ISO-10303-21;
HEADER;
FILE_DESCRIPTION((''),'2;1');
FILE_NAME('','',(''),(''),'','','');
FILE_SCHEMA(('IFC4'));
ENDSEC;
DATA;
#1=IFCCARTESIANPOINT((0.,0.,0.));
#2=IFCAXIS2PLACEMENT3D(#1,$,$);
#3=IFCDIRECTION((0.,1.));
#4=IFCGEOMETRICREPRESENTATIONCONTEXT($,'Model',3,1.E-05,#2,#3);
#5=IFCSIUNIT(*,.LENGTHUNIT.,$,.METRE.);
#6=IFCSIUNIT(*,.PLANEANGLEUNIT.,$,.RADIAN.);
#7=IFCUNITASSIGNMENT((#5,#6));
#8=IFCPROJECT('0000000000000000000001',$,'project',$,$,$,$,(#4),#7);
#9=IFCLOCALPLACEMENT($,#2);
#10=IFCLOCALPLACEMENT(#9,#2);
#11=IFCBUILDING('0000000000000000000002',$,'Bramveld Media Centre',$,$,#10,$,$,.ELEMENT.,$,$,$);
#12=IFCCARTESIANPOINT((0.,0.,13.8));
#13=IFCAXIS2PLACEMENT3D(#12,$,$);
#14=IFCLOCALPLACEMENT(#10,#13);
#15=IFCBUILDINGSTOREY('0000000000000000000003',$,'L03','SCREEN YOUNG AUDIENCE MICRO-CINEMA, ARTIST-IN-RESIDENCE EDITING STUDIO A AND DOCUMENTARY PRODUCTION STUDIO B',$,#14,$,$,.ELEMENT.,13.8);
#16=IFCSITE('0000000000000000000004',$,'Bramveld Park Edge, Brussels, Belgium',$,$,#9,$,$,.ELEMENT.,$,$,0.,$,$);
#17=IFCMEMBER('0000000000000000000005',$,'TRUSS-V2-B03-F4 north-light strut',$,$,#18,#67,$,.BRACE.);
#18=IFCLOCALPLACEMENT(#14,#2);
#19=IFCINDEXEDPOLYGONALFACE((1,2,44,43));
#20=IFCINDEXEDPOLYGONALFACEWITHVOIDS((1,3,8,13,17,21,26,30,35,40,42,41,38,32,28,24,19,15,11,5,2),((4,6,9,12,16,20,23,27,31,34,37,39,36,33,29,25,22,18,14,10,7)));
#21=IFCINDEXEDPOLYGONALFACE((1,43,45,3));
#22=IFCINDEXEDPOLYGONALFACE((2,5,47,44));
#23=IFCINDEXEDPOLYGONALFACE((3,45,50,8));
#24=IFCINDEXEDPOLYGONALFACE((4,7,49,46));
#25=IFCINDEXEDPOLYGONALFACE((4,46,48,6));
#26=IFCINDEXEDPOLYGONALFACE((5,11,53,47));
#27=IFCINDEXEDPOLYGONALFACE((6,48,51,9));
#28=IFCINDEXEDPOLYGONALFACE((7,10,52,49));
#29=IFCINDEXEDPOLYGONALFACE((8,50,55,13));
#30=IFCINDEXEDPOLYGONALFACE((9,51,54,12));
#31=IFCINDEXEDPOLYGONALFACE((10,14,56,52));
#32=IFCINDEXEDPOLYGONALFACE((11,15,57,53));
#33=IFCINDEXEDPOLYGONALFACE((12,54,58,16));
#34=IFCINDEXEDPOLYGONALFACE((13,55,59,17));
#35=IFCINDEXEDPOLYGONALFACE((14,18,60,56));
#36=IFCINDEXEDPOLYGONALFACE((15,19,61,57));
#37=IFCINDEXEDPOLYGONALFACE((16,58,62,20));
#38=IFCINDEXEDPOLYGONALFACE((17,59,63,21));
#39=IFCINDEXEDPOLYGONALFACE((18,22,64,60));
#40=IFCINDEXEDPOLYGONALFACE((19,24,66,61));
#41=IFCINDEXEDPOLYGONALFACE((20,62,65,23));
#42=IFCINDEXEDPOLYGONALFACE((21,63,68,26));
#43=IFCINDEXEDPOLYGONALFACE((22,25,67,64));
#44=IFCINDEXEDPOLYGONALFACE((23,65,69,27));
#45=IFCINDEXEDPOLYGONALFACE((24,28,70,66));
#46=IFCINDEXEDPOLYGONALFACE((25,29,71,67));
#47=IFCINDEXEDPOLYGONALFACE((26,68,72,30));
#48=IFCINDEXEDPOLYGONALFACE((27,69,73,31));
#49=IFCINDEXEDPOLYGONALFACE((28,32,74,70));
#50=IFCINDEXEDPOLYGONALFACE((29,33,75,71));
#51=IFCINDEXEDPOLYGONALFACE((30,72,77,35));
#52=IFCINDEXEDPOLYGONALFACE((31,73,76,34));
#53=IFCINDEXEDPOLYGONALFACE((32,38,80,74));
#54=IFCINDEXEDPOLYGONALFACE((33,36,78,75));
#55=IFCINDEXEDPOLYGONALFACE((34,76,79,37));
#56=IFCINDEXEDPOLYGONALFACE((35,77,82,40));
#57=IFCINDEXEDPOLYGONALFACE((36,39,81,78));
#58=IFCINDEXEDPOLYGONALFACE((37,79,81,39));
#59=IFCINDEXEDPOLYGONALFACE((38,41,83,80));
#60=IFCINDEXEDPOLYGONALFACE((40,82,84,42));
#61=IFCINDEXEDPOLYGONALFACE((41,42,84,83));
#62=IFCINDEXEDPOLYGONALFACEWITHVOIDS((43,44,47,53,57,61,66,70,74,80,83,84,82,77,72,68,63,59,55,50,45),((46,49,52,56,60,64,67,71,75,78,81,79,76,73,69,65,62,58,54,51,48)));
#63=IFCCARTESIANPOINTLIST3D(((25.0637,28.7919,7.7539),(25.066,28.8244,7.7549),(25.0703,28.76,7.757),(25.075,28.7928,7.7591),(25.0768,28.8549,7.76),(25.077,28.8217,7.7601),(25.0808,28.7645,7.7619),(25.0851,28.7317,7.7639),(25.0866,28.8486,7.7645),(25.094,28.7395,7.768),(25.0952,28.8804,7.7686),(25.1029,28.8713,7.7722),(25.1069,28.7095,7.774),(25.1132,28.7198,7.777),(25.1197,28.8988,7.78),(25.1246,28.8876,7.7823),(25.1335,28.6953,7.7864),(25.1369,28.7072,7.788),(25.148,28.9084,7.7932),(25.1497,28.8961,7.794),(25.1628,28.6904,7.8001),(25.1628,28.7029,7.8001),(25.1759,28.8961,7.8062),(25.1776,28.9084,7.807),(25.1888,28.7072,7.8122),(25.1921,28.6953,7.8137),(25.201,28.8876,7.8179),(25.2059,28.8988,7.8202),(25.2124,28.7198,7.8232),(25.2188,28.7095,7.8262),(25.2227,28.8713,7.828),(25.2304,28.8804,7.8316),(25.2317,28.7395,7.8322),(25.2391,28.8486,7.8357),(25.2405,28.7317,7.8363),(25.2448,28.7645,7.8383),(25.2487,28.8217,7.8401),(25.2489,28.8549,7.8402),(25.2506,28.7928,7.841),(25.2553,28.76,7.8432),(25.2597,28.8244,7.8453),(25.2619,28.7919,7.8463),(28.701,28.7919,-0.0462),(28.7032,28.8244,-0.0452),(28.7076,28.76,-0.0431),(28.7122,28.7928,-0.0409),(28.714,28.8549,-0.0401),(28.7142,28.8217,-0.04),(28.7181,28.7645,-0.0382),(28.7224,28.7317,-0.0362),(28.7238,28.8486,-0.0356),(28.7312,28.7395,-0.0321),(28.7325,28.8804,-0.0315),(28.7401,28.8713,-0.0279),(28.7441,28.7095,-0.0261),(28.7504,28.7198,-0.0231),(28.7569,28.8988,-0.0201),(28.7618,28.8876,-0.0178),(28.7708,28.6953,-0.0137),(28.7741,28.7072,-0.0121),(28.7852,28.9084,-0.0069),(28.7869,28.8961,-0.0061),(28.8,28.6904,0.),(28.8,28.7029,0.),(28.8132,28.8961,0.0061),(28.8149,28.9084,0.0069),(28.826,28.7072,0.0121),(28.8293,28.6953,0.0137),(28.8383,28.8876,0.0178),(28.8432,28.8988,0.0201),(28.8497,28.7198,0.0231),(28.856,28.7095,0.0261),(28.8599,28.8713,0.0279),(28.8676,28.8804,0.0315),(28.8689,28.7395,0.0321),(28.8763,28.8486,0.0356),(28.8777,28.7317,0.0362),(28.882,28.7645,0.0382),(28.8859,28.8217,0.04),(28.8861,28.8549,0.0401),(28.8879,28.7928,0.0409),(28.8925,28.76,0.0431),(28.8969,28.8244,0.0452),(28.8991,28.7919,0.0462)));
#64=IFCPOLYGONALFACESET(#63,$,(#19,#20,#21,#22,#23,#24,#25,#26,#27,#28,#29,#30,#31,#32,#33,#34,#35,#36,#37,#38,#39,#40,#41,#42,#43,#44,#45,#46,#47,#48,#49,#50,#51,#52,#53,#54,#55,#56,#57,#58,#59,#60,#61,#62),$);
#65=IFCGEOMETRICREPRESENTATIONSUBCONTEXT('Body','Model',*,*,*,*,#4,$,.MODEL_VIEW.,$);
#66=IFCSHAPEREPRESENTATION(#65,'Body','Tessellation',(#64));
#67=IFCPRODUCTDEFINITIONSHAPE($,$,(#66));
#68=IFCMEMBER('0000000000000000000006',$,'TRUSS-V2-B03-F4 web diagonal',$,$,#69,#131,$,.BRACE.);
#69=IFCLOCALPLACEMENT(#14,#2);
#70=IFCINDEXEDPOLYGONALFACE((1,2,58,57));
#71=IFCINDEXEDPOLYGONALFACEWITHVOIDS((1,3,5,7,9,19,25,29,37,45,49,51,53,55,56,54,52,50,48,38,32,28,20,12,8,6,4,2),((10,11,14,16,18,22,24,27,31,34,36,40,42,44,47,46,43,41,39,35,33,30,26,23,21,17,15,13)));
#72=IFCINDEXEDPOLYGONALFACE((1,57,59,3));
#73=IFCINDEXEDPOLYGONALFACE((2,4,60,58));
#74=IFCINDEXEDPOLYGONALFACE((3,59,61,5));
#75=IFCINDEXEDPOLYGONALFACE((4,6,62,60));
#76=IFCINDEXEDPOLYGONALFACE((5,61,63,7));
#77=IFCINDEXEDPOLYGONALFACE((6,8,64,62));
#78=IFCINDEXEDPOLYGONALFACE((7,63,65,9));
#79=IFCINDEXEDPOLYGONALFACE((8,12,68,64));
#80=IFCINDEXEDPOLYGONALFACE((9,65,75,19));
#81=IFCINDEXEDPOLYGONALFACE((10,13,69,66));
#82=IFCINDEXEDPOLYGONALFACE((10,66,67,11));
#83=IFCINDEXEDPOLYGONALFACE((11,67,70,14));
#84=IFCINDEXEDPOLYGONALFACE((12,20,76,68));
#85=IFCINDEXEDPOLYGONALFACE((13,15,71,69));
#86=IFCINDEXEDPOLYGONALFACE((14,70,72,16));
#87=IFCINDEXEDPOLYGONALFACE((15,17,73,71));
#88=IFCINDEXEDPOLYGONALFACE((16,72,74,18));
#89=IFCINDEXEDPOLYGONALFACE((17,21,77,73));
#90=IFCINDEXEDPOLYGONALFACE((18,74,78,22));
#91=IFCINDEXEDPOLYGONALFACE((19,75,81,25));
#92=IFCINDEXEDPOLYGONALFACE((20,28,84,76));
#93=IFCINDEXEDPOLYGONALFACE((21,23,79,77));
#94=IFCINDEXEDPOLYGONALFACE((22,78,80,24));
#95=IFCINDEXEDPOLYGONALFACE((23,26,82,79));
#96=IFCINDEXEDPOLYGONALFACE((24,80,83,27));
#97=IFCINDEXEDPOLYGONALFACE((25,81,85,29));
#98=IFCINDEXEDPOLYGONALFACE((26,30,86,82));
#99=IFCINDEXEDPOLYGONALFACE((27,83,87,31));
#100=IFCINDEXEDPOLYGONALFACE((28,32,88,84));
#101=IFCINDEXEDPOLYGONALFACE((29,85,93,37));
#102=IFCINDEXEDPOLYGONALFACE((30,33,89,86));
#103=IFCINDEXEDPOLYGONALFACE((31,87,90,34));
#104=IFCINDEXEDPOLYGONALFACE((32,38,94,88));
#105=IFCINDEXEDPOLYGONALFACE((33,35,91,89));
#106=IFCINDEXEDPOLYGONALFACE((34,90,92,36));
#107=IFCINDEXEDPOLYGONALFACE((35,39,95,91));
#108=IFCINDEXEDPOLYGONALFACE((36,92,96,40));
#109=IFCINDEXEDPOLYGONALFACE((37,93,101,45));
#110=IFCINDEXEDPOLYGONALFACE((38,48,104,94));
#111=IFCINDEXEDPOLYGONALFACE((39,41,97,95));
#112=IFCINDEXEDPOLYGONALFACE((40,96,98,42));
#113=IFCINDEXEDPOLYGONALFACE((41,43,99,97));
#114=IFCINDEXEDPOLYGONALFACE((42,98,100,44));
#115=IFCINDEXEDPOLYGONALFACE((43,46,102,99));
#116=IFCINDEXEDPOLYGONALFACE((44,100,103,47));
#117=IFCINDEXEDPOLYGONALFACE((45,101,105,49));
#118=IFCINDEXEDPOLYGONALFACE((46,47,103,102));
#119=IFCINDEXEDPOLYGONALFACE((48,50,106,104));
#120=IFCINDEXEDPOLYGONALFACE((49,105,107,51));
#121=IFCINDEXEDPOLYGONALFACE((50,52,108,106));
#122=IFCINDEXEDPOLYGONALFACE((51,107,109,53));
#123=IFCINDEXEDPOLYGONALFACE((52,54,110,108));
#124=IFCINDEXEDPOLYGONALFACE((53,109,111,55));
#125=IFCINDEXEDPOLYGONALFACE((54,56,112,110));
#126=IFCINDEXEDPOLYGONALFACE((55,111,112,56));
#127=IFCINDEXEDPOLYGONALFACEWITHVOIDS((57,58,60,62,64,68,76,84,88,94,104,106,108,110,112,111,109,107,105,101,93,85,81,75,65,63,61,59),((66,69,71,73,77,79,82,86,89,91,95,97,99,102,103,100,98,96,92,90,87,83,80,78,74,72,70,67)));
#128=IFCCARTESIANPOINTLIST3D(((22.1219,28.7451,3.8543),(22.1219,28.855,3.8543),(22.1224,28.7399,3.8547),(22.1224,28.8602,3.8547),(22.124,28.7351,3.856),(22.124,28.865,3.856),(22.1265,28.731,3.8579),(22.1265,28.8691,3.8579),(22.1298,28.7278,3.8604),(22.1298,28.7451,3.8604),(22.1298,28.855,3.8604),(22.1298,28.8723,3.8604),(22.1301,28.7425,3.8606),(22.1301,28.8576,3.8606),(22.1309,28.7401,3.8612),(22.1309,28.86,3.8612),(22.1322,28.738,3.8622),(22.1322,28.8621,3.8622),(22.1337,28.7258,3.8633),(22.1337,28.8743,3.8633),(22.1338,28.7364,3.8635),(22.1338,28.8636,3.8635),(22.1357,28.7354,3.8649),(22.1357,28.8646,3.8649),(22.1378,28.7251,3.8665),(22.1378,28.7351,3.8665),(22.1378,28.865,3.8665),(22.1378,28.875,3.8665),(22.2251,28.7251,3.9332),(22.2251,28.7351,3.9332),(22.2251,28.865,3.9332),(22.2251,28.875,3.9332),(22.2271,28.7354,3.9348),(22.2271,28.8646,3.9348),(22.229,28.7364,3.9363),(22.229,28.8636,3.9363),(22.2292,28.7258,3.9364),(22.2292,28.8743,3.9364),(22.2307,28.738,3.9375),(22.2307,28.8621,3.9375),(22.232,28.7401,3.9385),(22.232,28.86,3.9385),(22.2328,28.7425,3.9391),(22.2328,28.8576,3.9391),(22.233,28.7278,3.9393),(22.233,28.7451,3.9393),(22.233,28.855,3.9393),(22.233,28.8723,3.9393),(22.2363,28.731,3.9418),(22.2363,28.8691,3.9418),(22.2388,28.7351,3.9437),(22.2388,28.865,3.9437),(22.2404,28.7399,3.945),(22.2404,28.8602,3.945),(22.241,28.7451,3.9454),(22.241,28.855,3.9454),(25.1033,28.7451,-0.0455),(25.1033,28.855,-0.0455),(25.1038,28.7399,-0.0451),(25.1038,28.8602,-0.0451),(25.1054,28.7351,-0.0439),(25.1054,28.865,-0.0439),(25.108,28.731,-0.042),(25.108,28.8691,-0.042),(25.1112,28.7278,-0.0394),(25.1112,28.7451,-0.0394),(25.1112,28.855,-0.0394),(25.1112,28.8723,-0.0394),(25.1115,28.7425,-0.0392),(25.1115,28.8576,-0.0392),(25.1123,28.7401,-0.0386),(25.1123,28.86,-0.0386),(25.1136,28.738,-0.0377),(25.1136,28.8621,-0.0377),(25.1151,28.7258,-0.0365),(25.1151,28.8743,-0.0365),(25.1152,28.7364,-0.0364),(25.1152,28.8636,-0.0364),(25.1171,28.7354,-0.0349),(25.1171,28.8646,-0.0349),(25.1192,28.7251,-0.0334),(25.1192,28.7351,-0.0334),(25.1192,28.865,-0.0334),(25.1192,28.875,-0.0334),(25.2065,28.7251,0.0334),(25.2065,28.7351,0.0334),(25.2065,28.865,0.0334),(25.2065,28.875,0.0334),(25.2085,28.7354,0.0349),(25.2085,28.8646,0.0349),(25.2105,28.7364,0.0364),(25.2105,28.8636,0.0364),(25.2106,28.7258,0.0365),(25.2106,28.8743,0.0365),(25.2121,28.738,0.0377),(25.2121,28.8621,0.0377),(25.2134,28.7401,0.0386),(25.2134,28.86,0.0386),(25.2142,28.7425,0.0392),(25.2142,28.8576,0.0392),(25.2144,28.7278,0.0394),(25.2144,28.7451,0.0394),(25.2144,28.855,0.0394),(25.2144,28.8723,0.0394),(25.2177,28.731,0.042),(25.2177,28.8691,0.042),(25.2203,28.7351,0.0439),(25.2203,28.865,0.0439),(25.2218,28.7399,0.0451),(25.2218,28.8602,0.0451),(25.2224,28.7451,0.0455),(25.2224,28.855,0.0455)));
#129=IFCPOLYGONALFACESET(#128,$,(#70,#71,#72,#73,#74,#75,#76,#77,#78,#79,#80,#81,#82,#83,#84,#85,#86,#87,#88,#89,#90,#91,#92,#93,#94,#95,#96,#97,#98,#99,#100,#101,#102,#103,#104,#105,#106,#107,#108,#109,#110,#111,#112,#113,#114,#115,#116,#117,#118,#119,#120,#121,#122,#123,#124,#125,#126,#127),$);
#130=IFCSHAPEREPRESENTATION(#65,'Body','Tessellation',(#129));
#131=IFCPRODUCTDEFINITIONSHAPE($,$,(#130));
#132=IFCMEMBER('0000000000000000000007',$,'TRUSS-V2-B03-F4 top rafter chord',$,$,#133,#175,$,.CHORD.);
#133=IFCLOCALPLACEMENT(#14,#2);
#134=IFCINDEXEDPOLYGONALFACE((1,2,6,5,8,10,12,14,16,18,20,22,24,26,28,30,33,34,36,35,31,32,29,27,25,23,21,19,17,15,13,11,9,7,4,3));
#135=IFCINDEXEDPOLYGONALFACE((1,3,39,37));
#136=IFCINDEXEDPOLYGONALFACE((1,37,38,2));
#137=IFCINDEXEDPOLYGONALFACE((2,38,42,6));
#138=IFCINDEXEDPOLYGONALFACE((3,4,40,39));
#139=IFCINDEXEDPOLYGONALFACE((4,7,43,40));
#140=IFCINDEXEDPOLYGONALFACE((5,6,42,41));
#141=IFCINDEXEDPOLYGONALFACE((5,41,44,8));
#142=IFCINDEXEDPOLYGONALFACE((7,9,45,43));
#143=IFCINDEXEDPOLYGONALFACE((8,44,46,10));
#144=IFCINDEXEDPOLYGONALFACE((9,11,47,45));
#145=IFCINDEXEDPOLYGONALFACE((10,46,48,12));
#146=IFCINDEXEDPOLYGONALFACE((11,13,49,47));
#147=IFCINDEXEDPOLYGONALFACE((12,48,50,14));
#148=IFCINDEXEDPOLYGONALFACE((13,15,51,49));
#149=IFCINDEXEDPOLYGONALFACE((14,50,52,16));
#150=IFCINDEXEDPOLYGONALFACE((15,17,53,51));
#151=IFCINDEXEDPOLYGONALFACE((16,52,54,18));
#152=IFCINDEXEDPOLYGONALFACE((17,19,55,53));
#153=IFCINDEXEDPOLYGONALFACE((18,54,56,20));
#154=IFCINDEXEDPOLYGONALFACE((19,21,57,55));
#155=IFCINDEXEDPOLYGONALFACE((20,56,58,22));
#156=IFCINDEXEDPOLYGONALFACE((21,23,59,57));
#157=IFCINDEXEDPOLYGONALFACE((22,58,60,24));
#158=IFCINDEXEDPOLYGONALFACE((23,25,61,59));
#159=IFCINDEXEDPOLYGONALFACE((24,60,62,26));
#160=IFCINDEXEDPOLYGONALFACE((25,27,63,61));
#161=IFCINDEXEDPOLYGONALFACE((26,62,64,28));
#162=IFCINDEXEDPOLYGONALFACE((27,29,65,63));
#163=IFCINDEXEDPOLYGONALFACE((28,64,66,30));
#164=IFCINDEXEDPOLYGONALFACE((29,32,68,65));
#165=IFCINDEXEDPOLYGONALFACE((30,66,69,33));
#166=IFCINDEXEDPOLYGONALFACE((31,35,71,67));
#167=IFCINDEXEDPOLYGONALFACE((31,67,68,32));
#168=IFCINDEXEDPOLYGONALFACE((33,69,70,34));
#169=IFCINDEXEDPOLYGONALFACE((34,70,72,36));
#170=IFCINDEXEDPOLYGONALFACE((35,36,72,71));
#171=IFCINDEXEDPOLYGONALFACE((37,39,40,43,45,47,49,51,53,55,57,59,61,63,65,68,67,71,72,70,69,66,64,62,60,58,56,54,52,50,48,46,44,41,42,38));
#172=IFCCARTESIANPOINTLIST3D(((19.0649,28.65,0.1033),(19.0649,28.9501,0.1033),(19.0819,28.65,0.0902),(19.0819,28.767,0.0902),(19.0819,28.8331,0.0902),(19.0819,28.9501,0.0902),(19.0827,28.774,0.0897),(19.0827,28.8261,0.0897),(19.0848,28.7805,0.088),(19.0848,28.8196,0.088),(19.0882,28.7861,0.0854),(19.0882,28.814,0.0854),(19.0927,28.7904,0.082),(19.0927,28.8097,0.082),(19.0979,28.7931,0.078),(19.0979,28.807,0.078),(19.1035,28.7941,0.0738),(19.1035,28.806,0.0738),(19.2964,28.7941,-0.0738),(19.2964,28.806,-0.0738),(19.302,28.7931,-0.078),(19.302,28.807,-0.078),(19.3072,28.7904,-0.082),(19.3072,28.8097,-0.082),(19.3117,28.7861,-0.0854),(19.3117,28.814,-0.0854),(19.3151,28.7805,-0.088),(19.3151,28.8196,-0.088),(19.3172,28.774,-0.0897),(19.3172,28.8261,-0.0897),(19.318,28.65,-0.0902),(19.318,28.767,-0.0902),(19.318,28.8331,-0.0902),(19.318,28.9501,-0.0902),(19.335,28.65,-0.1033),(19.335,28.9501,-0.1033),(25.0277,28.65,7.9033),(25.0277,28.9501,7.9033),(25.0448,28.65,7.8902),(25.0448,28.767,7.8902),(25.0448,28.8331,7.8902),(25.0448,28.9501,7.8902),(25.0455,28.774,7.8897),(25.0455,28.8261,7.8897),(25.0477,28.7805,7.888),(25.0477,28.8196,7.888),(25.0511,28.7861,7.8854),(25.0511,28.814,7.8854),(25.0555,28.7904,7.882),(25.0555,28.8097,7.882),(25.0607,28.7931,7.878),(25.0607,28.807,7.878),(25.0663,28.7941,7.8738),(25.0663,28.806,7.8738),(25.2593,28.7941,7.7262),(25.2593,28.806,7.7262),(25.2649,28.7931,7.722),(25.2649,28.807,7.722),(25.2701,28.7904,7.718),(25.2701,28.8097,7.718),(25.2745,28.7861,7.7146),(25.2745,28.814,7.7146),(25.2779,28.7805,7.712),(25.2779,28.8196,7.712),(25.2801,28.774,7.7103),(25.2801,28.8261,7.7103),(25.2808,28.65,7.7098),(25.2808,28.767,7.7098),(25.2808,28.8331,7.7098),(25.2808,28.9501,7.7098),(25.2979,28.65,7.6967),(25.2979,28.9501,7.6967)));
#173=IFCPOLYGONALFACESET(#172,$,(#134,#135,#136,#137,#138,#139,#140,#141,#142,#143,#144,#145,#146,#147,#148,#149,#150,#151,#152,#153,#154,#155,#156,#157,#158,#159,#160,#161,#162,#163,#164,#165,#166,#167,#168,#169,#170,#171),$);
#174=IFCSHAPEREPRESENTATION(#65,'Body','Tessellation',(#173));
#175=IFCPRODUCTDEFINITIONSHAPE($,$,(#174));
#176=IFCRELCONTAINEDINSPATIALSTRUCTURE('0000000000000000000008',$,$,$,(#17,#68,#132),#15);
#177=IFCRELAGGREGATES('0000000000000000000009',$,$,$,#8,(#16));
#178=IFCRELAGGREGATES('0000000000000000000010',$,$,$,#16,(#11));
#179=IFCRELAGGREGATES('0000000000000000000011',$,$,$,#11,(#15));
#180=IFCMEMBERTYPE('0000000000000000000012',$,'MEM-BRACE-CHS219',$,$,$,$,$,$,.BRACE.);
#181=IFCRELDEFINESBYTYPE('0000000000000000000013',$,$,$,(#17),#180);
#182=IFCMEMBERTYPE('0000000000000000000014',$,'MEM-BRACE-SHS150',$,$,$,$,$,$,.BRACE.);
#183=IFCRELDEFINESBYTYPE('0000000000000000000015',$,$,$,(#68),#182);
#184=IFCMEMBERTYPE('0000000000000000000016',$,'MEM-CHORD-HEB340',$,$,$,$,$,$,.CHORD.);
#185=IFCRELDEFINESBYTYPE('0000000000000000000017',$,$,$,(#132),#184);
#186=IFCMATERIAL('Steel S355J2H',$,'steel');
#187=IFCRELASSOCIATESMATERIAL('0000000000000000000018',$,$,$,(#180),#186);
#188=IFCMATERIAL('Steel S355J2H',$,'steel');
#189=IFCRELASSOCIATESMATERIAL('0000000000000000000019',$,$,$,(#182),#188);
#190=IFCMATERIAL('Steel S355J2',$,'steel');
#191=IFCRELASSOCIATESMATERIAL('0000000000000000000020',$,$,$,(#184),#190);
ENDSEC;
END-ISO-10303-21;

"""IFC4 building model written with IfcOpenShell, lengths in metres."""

from ifc_helpers import new_model, si_unit, direction, frame, origin, origin_2d, place, context, subcontext, project, spatial, hollow_rectangle, hollow_circle, i_section, extrude, material, material_profile, profile_set, type_object, element, save


model = new_model("IFC4")

# Units and contexts
model_context = context("Model", 3, precision=1e-05, world=origin(), true_north=direction((0.0, 1.0)))
body_context = subcontext(model_context, "Body", "Model", "MODEL_VIEW")
ifc_project = project(units=[si_unit("LENGTHUNIT", "METRE"), si_unit("PLANEANGLEUNIT", "RADIAN")], contexts=[model_context])

# Site, building, storey
site_placement = place(None, origin())
site = spatial("IfcSite", under=ifc_project, at=site_placement, Name="Bramveld Park Edge, Brussels, Belgium", CompositionType="ELEMENT", RefElevation=0.0)
building_placement = place(site_placement, origin())
building = spatial("IfcBuilding", under=site, at=building_placement, Name="Bramveld Media Centre", CompositionType="ELEMENT")
storey_placement = place(building_placement, frame((0.0, 0.0, 13.8)))
storey = spatial("IfcBuildingStorey", under=building, at=storey_placement, Name="L03", Description="SCREEN YOUNG AUDIENCE MICRO-CINEMA, ARTIST-IN-RESIDENCE EDITING STUDIO A AND DOCUMENTARY PRODUCTION STUDIO B", CompositionType="ELEMENT", Elevation=13.8)

# Members
ifc_material_1 = material(Name="Steel S355J2H", Category="steel")
ifc_material_profile_1 = material_profile(ifc_material_1, hollow_circle(Radius=0.1096, WallThickness=0.0125, at=origin_2d()), Name="CHS 219.1x12.5")
ifc_profile_set_1 = profile_set([ifc_material_profile_1], Name="Steel S355J2H")
member_type_1 = type_object("IfcMemberType", Name="MEM-BRACE-CHS219", PredefinedType="BRACE", material=ifc_profile_set_1)
for number, where, z_axis, x_axis, name in (
    (1, (28.8, 28.8, 0.0), (-0.422617, 0.0, 0.906308), (0.0, -1.0, 0.0), "TRUSS-V2-B03-F4 north-light strut"),
):
    element("IfcMember", number, at=place(storey_placement, frame(where, z_axis=z_axis, x_axis=x_axis)), inside=storey, type_object=member_type_1, Name=name, PredefinedType="BRACE", context=body_context, shape_type="SweptSolid", body=[
        extrude(hollow_circle(Radius=0.1096, WallThickness=0.0125, at=origin_2d()), origin(), (0.0, 0.0, 1.0), 8.6064),
    ])
ifc_material_2 = material(Name="Steel S355J2H", Category="steel")
ifc_material_profile_2 = material_profile(ifc_material_2, hollow_rectangle(XDim=0.1499, YDim=0.1499, WallThickness=0.01, InnerFilletRadius=0.01, OuterFilletRadius=0.02, at=origin_2d()), Name="SHS 150x150x10")
ifc_profile_set_2 = profile_set([ifc_material_profile_2], Name="Steel S355J2H")
member_type_2 = type_object("IfcMemberType", Name="MEM-BRACE-SHS150", PredefinedType="BRACE", material=ifc_profile_set_2)
member_1_placement = place(storey_placement, frame((25.1628, 28.8, 0.0), z_axis=(-0.607343, 0.0, 0.79444), x_axis=(0.0, -1.0, 0.0)))
element("IfcMember", 2, at=member_1_placement, inside=storey, type_object=member_type_2, Name="TRUSS-V2-B03-F4 web diagonal", PredefinedType="BRACE", context=body_context, shape_type="SweptSolid", body=[
    extrude(hollow_rectangle(XDim=0.1499, YDim=0.1499, WallThickness=0.01, InnerFilletRadius=0.01, OuterFilletRadius=0.02, at=origin_2d()), origin(), (0.0, 0.0, 1.0), 4.9089),
])
ifc_material_3 = material(Name="Steel S355J2", Category="steel")
ifc_material_profile_3 = material_profile(ifc_material_3, i_section(OverallWidth=0.3, OverallDepth=0.3401, WebThickness=0.012, FlangeThickness=0.0215, FilletRadius=0.0271, at=origin_2d()), Name="HEB 340")
ifc_profile_set_3 = profile_set([ifc_material_profile_3], Name="Steel S355J2")
member_type_3 = type_object("IfcMemberType", Name="MEM-CHORD-HEB340", PredefinedType="CHORD", material=ifc_profile_set_3)
member_2_placement = place(storey_placement, frame((19.2, 28.8, 0.0), z_axis=(0.607331, 0.0, 0.794449), x_axis=(0.0, 1.0, 0.0)))
element("IfcMember", 3, at=member_2_placement, inside=storey, type_object=member_type_3, Name="TRUSS-V2-B03-F4 top rafter chord", PredefinedType="CHORD", context=body_context, shape_type="SweptSolid", body=[
    extrude(i_section(OverallWidth=0.3, OverallDepth=0.3401, WebThickness=0.012, FlangeThickness=0.0215, FilletRadius=0.0271, at=origin_2d()), origin(), (0.0, 0.0, 1.0), 9.8181),
])

save(model, "model.ifc")
